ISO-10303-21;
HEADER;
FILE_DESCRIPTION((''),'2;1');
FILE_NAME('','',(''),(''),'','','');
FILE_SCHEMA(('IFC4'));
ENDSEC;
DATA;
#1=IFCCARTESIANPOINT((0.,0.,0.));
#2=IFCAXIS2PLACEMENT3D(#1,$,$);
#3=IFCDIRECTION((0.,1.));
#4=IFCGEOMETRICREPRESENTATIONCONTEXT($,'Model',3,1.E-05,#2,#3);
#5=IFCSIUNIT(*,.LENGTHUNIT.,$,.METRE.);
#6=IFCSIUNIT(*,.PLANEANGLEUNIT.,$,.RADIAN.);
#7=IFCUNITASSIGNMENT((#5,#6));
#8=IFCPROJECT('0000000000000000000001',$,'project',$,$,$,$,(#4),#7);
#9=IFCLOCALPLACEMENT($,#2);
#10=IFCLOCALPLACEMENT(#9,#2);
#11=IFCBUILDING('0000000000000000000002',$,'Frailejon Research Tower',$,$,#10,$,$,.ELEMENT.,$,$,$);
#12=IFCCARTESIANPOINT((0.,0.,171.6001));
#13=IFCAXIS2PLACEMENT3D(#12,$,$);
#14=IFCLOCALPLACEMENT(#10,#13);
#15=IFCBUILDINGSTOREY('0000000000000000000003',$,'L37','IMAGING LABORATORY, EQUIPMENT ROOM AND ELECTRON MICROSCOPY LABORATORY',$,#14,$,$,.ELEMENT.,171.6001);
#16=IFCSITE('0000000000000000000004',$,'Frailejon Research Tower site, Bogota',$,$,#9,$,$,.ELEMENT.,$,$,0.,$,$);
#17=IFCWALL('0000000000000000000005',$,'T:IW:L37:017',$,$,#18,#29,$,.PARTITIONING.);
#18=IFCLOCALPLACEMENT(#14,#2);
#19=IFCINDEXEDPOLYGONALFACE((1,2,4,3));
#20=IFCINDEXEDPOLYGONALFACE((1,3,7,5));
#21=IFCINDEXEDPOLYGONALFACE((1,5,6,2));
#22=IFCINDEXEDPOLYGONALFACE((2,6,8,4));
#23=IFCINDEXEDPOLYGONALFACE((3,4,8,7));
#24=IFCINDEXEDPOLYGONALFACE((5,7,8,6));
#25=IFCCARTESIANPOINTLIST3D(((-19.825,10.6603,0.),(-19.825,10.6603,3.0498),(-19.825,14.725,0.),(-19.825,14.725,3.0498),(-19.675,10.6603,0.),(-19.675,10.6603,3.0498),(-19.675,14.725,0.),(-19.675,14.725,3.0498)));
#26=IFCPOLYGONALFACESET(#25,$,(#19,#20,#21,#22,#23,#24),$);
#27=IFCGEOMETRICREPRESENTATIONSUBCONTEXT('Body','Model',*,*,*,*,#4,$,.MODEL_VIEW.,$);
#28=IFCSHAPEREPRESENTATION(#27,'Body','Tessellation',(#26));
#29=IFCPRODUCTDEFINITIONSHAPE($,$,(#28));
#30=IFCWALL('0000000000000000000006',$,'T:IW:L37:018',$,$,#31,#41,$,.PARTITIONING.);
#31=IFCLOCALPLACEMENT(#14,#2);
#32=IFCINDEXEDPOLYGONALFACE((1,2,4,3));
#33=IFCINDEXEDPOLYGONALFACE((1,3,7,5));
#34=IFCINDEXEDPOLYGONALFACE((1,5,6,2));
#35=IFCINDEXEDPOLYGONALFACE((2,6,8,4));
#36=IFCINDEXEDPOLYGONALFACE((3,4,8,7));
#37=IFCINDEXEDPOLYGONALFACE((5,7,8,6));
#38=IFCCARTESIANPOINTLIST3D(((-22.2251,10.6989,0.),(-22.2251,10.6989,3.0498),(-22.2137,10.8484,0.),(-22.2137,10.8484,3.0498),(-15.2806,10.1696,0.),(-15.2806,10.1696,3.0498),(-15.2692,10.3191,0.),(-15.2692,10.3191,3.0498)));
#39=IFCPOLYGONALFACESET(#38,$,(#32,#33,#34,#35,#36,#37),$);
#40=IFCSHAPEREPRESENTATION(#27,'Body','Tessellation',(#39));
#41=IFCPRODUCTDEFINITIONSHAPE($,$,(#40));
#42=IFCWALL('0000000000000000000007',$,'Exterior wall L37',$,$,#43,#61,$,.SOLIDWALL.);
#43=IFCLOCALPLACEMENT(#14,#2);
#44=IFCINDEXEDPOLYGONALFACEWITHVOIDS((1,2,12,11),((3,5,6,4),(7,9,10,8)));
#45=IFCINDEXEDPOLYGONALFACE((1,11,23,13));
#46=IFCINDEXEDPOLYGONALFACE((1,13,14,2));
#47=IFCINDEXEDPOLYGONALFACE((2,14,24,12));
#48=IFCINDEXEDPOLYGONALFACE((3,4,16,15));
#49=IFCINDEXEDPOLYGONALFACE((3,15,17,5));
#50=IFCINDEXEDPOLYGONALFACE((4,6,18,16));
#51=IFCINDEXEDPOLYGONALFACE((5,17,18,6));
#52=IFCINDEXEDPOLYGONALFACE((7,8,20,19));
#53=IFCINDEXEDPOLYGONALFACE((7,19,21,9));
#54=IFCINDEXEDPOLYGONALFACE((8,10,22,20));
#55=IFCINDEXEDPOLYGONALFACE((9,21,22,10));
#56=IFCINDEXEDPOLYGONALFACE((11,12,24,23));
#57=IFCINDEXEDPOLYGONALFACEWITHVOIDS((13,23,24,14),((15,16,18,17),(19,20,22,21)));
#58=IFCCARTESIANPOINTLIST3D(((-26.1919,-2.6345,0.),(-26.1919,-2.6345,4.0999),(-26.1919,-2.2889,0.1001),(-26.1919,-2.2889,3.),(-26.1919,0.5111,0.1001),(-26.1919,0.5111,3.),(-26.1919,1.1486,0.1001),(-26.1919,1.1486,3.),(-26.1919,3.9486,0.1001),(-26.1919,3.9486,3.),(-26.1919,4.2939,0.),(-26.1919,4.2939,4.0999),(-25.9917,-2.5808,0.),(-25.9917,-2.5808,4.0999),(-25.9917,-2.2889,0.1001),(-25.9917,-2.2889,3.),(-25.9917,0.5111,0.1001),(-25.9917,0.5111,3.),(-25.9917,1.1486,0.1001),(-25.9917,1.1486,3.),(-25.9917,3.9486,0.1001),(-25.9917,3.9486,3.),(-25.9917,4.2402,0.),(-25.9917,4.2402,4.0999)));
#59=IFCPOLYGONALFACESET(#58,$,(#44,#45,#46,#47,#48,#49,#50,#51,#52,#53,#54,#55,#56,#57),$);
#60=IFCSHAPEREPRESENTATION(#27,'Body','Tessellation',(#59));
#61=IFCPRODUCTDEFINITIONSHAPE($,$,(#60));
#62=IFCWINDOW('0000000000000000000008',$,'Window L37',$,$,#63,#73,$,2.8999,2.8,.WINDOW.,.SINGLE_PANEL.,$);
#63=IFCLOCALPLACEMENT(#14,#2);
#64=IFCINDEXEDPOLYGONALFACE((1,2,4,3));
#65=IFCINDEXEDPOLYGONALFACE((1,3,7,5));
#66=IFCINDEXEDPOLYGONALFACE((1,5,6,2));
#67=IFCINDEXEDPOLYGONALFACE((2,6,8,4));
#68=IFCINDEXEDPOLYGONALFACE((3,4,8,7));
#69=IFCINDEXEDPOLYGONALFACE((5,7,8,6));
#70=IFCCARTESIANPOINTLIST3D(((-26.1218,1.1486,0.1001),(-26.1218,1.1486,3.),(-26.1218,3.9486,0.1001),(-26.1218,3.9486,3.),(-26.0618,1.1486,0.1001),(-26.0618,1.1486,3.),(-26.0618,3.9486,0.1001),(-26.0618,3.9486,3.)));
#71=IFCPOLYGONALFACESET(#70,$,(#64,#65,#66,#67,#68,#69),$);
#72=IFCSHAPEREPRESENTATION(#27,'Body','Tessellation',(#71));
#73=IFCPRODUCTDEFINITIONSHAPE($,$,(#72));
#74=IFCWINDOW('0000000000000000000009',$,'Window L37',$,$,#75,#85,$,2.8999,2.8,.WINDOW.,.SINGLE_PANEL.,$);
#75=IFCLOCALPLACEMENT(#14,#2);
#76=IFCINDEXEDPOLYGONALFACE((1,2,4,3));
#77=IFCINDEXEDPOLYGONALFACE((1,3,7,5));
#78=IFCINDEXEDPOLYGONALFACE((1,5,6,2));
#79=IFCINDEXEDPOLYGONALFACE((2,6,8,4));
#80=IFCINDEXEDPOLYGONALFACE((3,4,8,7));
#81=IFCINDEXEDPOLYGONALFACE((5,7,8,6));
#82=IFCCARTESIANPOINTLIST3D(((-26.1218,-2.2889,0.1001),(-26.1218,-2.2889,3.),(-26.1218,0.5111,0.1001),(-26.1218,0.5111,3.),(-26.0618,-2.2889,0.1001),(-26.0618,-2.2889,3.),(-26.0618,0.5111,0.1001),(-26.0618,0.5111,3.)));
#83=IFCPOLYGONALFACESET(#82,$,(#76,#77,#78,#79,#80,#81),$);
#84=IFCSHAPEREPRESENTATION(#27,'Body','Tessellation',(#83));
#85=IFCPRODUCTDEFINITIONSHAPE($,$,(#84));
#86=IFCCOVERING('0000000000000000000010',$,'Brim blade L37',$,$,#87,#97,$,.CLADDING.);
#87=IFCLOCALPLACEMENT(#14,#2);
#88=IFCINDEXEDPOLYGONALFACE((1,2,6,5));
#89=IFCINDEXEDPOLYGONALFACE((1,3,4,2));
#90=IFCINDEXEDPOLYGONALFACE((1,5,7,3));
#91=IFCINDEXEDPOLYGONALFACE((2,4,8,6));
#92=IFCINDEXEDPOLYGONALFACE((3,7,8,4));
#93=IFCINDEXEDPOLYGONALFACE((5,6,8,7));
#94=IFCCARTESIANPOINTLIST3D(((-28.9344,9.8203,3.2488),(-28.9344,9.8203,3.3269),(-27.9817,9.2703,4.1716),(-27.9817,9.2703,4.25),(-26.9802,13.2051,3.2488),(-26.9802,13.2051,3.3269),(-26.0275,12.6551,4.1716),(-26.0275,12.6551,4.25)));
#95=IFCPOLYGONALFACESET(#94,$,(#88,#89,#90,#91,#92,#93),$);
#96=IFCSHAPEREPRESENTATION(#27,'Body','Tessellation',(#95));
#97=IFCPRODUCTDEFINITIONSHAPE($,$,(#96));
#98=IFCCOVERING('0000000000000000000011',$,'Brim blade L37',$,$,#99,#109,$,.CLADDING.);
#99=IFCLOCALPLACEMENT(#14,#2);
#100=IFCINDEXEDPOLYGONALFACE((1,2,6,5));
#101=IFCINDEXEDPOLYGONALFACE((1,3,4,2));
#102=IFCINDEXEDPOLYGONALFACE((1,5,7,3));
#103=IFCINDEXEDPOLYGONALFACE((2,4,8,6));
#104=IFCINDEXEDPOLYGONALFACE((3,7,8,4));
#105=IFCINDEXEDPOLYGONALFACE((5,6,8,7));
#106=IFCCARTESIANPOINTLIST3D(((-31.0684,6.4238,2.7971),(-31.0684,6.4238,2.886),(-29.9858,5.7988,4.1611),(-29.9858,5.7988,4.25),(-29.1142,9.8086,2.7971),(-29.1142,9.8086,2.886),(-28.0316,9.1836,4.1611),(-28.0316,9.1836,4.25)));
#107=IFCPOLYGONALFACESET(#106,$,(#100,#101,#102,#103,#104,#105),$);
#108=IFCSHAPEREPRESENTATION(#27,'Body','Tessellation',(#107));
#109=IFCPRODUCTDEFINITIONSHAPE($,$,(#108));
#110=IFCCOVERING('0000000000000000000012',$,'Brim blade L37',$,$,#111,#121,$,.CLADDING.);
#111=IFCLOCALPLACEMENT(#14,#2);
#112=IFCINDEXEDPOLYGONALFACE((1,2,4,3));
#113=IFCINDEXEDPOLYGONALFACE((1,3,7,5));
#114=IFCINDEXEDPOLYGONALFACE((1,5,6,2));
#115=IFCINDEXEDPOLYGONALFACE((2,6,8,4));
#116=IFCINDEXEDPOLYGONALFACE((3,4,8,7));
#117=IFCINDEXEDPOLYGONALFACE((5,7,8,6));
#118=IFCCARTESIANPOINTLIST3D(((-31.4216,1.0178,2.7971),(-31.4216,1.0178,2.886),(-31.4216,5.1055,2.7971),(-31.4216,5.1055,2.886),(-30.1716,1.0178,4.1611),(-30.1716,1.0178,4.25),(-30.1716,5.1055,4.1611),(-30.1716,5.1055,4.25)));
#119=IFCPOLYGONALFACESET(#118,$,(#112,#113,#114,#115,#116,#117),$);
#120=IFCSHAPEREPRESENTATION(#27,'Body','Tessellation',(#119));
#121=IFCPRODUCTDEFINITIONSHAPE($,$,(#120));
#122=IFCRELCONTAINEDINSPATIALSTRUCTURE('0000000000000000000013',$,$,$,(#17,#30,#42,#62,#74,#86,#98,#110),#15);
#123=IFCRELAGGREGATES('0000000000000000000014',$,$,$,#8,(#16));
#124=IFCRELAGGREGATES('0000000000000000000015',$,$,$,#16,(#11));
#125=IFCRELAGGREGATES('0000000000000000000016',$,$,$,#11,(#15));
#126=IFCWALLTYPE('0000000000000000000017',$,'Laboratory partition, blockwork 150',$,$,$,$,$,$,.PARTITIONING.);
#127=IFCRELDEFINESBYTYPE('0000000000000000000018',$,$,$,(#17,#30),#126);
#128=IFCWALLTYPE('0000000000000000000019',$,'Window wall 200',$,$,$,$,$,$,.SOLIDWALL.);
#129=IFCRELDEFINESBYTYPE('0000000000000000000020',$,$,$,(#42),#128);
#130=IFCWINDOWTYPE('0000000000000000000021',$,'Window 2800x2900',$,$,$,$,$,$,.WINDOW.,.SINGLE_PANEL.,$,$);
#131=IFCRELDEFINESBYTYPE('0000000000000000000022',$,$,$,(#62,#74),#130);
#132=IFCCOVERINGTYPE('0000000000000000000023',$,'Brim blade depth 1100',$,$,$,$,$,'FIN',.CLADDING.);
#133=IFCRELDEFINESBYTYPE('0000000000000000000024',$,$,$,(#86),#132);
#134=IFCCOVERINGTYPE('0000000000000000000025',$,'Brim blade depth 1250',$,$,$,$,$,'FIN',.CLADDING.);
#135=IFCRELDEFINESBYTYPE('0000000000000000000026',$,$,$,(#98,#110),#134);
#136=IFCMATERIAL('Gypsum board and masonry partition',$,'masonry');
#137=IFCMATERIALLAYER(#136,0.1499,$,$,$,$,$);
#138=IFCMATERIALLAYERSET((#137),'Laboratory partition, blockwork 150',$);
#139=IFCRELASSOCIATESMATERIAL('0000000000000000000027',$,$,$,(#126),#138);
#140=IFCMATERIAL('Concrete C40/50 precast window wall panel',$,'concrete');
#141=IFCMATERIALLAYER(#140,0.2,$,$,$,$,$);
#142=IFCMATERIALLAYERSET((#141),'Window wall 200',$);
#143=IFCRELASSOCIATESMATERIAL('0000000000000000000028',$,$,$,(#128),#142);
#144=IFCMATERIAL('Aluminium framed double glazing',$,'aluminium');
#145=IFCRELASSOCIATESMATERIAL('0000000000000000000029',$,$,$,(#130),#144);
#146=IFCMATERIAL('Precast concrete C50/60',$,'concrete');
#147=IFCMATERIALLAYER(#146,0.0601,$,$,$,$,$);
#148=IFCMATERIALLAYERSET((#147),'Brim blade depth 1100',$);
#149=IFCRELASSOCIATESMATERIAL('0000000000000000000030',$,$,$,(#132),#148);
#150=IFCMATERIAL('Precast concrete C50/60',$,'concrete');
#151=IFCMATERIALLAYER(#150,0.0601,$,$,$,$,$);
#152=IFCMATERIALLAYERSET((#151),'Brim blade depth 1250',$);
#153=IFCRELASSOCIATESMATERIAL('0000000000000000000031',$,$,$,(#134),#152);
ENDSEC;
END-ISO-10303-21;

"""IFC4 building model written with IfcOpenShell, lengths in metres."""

from ifc_helpers import new_model, si_unit, direction, frame, frame_2d, origin, place, context, subcontext, project, spatial, polyline, rectangle, outline, extrude, material, layer, layer_set, type_object, element, fill, save


model = new_model("IFC4")

# Units and contexts
model_context = context("Model", 3, precision=1e-05, world=origin(), true_north=direction((0.0, 1.0)))
body_context = subcontext(model_context, "Body", "Model", "MODEL_VIEW")
ifc_project = project(units=[si_unit("LENGTHUNIT", "METRE"), si_unit("PLANEANGLEUNIT", "RADIAN")], contexts=[model_context])

# Site, building, storey
site_placement = place(None, origin())
site = spatial("IfcSite", under=ifc_project, at=site_placement, Name="Frailejon Research Tower site, Bogota", CompositionType="ELEMENT", RefElevation=0.0)
building_placement = place(site_placement, origin())
building = spatial("IfcBuilding", under=site, at=building_placement, Name="Frailejon Research Tower", CompositionType="ELEMENT")
storey_placement = place(building_placement, frame((0.0, 0.0, 171.6001)))
storey = spatial("IfcBuildingStorey", under=building, at=storey_placement, Name="L37", Description="IMAGING LABORATORY, EQUIPMENT ROOM AND ELECTRON MICROSCOPY LABORATORY", CompositionType="ELEMENT", Elevation=171.6001)

# Walls
ifc_material_1 = material(Name="Gypsum board and masonry partition", Category="masonry")
ifc_layer_1 = layer(ifc_material_1, 0.1499)
ifc_layer_set_1 = layer_set([ifc_layer_1], Name="Laboratory partition, blockwork 150")
wall_type_1 = type_object("IfcWallType", Name="Laboratory partition, blockwork 150", PredefinedType="PARTITIONING", material=ifc_layer_set_1)
wall_1_placement = place(storey_placement, frame((-19.75, 10.6604, 0.0), z_axis=(0.0, 0.0, 1.0), x_axis=(0.0, 1.0, 0.0)))
element("IfcWall", 1, at=wall_1_placement, inside=storey, type_object=wall_type_1, Name="T:IW:L37:017", PredefinedType="PARTITIONING", context=body_context, shape_type="SweptSolid", body=[
    extrude(rectangle(XDim=4.0647, YDim=0.1499, at=frame_2d((2.0322, 0.0))), origin(), (0.0, 0.0, 1.0), 3.0498),
])
wall_2_placement = place(storey_placement, frame((-22.2195, 10.7737, 0.0), z_axis=(0.0, 0.0, 1.0), x_axis=(0.997108, -0.076, 0.0)))
element("IfcWall", 2, at=wall_2_placement, inside=storey, type_object=wall_type_1, Name="T:IW:L37:018", PredefinedType="PARTITIONING", context=body_context, shape_type="SweptSolid", body=[
    extrude(rectangle(XDim=6.9646, YDim=0.1499, at=frame_2d((3.4824, 0.0))), origin(), (0.0, 0.0, 1.0), 3.0498),
])

# Wall, openings, windows
ifc_material_2 = material(Name="Concrete C40/50 precast window wall panel", Category="concrete")
ifc_layer_2 = layer(ifc_material_2, 0.2)
ifc_layer_set_2 = layer_set([ifc_layer_2], Name="Window wall 200")
wall_type_2 = type_object("IfcWallType", Name="Window wall 200", PredefinedType="SOLIDWALL", material=ifc_layer_set_2)
wall_3_placement = place(storey_placement, frame((-26.0918, 4.2671, 0.0), z_axis=(0.0, 0.0, 1.0), x_axis=(0.0, -1.0, 0.0)))
wall_3 = element("IfcWall", 3, at=wall_3_placement, inside=storey, type_object=wall_type_2, Name="Exterior wall L37", PredefinedType="SOLIDWALL", context=body_context, shape_type="SweptSolid", body=[
    extrude(outline(polyline([(-0.0269, -0.1001), (1.1279, -0.1001), (2.2827, -0.1001), (3.4375, -0.1001), (4.592, -0.1001), (5.7468, -0.1001), (6.9016, -0.1001), (6.8479, 0.1001), (5.7109, 0.1001), (4.5742, 0.1001), (3.4375, 0.1001), (2.3005, 0.1001), (1.1636, 0.1001), (0.0269, 0.1001), (-0.0269, -0.1001)])), origin(), (0.0, 0.0, 1.0), 4.0999),
])
opening_1_placement = place(wall_3_placement, frame((0.3186, 0.0, 0.1001)))
opening_1 = element("IfcOpeningElement", 4, at=opening_1_placement, cuts=wall_3, PredefinedType="OPENING", context=body_context, shape_type="SweptSolid", body=[
    extrude(rectangle(XDim=2.8, YDim=2.8999, at=frame_2d((1.3999, 1.45))), frame((0.0, 0.1099, 0.0), z_axis=(0.0, -1.0, 0.0), x_axis=(1.0, 0.0, 0.0)), (0.0, 0.0, 1.0), 0.22),
])
opening_2_placement = place(wall_3_placement, frame((3.7561, 0.0, 0.1001)))
opening_2 = element("IfcOpeningElement", 5, at=opening_2_placement, cuts=wall_3, PredefinedType="OPENING", context=body_context, shape_type="SweptSolid", body=[
    extrude(rectangle(XDim=2.8, YDim=2.8999, at=frame_2d((1.3999, 1.45))), frame((0.0, 0.1099, 0.0), z_axis=(0.0, -1.0, 0.0), x_axis=(1.0, 0.0, 0.0)), (0.0, 0.0, 1.0), 0.22),
])
ifc_material_3 = material(Name="Aluminium framed double glazing", Category="aluminium")
window_type = type_object("IfcWindowType", Name="Window 2800x2900", PartitioningType="SINGLE_PANEL", PredefinedType="WINDOW", material=ifc_material_3)
window_1_placement = place(opening_1_placement, origin())
window_1 = element("IfcWindow", 6, at=window_1_placement, inside=storey, type_object=window_type, Name="Window L37", OverallHeight=2.8999, OverallWidth=2.8, PartitioningType="SINGLE_PANEL", PredefinedType="WINDOW", context=body_context, shape_type="SweptSolid", body=[
    extrude(rectangle(XDim=2.8, YDim=2.8999, at=frame_2d((1.3999, 1.45))), frame((0.0, 0.03, 0.0), z_axis=(0.0, -1.0, 0.0), x_axis=(1.0, 0.0, 0.0)), (0.0, 0.0, 1.0), 0.0601),
])
fill(opening_1, window_1)
window_2_placement = place(opening_2_placement, origin())
window_2 = element("IfcWindow", 7, at=window_2_placement, inside=storey, type_object=window_type, Name="Window L37", OverallHeight=2.8999, OverallWidth=2.8, PartitioningType="SINGLE_PANEL", PredefinedType="WINDOW", context=body_context, shape_type="SweptSolid", body=[
    extrude(rectangle(XDim=2.8, YDim=2.8999, at=frame_2d((1.3999, 1.45))), frame((0.0, 0.03, 0.0), z_axis=(0.0, -1.0, 0.0), x_axis=(1.0, 0.0, 0.0)), (0.0, 0.0, 1.0), 0.0601),
])
fill(opening_2, window_2)

# Coverings
ifc_material_4 = material(Name="Precast concrete C50/60", Category="concrete")
ifc_layer_3 = layer(ifc_material_4, 0.0601)
ifc_layer_set_3 = layer_set([ifc_layer_3], Name="Brim blade depth 1100")
covering_type_1 = type_object("IfcCoveringType", Name="Brim blade depth 1100", ElementType="FIN", PredefinedType="CLADDING", material=ifc_layer_set_3)
covering_1_placement = place(storey_placement, frame((-27.9817, 9.2703, 4.25), z_axis=(0.499997, 0.866027, 0.0), x_axis=(-0.866027, 0.499997, 0.0)))
element("IfcCovering", 8, at=covering_1_placement, inside=storey, type_object=covering_type_1, Name="Brim blade L37", PredefinedType="CLADDING", context=body_context, shape_type="SweptSolid", body=[
    extrude(outline(polyline([(0.0, -0.0784), (1.1001, -1.0012), (1.1001, -0.9231), (0.0, 0.0), (0.0, -0.0784)])), origin(), (0.0, 0.0, 1.0), 3.9084),
])
ifc_material_5 = material(Name="Precast concrete C50/60", Category="concrete")
ifc_layer_4 = layer(ifc_material_5, 0.0601)
ifc_layer_set_4 = layer_set([ifc_layer_4], Name="Brim blade depth 1250")
covering_type_2 = type_object("IfcCoveringType", Name="Brim blade depth 1250", ElementType="FIN", PredefinedType="CLADDING", material=ifc_layer_set_4)
covering_2_placement = place(storey_placement, frame((-29.9858, 5.7988, 4.25), z_axis=(0.499997, 0.866027, 0.0), x_axis=(-0.866027, 0.499997, 0.0)))
element("IfcCovering", 9, at=covering_2_placement, inside=storey, type_object=covering_type_2, Name="Brim blade L37", PredefinedType="CLADDING", context=body_context, shape_type="SweptSolid", body=[
    extrude(outline(polyline([(0.0, -0.0889), (1.25, -1.4529), (1.25, -1.364), (0.0, 0.0), (0.0, -0.0889)])), origin(), (0.0, 0.0, 1.0), 3.9084),
])
covering_3_placement = place(storey_placement, frame((-30.1716, 1.0178, 4.25), z_axis=(0.0, 1.0, 0.0), x_axis=(-1.0, 0.0, 0.0)))
element("IfcCovering", 10, at=covering_3_placement, inside=storey, type_object=covering_type_2, Name="Brim blade L37", PredefinedType="CLADDING", context=body_context, shape_type="SweptSolid", body=[
    extrude(outline(polyline([(0.0, -0.0889), (1.25, -1.4529), (1.25, -1.364), (0.0, 0.0), (0.0, -0.0889)])), origin(), (0.0, 0.0, 1.0), 4.0876),
])

save(model, "model.ifc")
